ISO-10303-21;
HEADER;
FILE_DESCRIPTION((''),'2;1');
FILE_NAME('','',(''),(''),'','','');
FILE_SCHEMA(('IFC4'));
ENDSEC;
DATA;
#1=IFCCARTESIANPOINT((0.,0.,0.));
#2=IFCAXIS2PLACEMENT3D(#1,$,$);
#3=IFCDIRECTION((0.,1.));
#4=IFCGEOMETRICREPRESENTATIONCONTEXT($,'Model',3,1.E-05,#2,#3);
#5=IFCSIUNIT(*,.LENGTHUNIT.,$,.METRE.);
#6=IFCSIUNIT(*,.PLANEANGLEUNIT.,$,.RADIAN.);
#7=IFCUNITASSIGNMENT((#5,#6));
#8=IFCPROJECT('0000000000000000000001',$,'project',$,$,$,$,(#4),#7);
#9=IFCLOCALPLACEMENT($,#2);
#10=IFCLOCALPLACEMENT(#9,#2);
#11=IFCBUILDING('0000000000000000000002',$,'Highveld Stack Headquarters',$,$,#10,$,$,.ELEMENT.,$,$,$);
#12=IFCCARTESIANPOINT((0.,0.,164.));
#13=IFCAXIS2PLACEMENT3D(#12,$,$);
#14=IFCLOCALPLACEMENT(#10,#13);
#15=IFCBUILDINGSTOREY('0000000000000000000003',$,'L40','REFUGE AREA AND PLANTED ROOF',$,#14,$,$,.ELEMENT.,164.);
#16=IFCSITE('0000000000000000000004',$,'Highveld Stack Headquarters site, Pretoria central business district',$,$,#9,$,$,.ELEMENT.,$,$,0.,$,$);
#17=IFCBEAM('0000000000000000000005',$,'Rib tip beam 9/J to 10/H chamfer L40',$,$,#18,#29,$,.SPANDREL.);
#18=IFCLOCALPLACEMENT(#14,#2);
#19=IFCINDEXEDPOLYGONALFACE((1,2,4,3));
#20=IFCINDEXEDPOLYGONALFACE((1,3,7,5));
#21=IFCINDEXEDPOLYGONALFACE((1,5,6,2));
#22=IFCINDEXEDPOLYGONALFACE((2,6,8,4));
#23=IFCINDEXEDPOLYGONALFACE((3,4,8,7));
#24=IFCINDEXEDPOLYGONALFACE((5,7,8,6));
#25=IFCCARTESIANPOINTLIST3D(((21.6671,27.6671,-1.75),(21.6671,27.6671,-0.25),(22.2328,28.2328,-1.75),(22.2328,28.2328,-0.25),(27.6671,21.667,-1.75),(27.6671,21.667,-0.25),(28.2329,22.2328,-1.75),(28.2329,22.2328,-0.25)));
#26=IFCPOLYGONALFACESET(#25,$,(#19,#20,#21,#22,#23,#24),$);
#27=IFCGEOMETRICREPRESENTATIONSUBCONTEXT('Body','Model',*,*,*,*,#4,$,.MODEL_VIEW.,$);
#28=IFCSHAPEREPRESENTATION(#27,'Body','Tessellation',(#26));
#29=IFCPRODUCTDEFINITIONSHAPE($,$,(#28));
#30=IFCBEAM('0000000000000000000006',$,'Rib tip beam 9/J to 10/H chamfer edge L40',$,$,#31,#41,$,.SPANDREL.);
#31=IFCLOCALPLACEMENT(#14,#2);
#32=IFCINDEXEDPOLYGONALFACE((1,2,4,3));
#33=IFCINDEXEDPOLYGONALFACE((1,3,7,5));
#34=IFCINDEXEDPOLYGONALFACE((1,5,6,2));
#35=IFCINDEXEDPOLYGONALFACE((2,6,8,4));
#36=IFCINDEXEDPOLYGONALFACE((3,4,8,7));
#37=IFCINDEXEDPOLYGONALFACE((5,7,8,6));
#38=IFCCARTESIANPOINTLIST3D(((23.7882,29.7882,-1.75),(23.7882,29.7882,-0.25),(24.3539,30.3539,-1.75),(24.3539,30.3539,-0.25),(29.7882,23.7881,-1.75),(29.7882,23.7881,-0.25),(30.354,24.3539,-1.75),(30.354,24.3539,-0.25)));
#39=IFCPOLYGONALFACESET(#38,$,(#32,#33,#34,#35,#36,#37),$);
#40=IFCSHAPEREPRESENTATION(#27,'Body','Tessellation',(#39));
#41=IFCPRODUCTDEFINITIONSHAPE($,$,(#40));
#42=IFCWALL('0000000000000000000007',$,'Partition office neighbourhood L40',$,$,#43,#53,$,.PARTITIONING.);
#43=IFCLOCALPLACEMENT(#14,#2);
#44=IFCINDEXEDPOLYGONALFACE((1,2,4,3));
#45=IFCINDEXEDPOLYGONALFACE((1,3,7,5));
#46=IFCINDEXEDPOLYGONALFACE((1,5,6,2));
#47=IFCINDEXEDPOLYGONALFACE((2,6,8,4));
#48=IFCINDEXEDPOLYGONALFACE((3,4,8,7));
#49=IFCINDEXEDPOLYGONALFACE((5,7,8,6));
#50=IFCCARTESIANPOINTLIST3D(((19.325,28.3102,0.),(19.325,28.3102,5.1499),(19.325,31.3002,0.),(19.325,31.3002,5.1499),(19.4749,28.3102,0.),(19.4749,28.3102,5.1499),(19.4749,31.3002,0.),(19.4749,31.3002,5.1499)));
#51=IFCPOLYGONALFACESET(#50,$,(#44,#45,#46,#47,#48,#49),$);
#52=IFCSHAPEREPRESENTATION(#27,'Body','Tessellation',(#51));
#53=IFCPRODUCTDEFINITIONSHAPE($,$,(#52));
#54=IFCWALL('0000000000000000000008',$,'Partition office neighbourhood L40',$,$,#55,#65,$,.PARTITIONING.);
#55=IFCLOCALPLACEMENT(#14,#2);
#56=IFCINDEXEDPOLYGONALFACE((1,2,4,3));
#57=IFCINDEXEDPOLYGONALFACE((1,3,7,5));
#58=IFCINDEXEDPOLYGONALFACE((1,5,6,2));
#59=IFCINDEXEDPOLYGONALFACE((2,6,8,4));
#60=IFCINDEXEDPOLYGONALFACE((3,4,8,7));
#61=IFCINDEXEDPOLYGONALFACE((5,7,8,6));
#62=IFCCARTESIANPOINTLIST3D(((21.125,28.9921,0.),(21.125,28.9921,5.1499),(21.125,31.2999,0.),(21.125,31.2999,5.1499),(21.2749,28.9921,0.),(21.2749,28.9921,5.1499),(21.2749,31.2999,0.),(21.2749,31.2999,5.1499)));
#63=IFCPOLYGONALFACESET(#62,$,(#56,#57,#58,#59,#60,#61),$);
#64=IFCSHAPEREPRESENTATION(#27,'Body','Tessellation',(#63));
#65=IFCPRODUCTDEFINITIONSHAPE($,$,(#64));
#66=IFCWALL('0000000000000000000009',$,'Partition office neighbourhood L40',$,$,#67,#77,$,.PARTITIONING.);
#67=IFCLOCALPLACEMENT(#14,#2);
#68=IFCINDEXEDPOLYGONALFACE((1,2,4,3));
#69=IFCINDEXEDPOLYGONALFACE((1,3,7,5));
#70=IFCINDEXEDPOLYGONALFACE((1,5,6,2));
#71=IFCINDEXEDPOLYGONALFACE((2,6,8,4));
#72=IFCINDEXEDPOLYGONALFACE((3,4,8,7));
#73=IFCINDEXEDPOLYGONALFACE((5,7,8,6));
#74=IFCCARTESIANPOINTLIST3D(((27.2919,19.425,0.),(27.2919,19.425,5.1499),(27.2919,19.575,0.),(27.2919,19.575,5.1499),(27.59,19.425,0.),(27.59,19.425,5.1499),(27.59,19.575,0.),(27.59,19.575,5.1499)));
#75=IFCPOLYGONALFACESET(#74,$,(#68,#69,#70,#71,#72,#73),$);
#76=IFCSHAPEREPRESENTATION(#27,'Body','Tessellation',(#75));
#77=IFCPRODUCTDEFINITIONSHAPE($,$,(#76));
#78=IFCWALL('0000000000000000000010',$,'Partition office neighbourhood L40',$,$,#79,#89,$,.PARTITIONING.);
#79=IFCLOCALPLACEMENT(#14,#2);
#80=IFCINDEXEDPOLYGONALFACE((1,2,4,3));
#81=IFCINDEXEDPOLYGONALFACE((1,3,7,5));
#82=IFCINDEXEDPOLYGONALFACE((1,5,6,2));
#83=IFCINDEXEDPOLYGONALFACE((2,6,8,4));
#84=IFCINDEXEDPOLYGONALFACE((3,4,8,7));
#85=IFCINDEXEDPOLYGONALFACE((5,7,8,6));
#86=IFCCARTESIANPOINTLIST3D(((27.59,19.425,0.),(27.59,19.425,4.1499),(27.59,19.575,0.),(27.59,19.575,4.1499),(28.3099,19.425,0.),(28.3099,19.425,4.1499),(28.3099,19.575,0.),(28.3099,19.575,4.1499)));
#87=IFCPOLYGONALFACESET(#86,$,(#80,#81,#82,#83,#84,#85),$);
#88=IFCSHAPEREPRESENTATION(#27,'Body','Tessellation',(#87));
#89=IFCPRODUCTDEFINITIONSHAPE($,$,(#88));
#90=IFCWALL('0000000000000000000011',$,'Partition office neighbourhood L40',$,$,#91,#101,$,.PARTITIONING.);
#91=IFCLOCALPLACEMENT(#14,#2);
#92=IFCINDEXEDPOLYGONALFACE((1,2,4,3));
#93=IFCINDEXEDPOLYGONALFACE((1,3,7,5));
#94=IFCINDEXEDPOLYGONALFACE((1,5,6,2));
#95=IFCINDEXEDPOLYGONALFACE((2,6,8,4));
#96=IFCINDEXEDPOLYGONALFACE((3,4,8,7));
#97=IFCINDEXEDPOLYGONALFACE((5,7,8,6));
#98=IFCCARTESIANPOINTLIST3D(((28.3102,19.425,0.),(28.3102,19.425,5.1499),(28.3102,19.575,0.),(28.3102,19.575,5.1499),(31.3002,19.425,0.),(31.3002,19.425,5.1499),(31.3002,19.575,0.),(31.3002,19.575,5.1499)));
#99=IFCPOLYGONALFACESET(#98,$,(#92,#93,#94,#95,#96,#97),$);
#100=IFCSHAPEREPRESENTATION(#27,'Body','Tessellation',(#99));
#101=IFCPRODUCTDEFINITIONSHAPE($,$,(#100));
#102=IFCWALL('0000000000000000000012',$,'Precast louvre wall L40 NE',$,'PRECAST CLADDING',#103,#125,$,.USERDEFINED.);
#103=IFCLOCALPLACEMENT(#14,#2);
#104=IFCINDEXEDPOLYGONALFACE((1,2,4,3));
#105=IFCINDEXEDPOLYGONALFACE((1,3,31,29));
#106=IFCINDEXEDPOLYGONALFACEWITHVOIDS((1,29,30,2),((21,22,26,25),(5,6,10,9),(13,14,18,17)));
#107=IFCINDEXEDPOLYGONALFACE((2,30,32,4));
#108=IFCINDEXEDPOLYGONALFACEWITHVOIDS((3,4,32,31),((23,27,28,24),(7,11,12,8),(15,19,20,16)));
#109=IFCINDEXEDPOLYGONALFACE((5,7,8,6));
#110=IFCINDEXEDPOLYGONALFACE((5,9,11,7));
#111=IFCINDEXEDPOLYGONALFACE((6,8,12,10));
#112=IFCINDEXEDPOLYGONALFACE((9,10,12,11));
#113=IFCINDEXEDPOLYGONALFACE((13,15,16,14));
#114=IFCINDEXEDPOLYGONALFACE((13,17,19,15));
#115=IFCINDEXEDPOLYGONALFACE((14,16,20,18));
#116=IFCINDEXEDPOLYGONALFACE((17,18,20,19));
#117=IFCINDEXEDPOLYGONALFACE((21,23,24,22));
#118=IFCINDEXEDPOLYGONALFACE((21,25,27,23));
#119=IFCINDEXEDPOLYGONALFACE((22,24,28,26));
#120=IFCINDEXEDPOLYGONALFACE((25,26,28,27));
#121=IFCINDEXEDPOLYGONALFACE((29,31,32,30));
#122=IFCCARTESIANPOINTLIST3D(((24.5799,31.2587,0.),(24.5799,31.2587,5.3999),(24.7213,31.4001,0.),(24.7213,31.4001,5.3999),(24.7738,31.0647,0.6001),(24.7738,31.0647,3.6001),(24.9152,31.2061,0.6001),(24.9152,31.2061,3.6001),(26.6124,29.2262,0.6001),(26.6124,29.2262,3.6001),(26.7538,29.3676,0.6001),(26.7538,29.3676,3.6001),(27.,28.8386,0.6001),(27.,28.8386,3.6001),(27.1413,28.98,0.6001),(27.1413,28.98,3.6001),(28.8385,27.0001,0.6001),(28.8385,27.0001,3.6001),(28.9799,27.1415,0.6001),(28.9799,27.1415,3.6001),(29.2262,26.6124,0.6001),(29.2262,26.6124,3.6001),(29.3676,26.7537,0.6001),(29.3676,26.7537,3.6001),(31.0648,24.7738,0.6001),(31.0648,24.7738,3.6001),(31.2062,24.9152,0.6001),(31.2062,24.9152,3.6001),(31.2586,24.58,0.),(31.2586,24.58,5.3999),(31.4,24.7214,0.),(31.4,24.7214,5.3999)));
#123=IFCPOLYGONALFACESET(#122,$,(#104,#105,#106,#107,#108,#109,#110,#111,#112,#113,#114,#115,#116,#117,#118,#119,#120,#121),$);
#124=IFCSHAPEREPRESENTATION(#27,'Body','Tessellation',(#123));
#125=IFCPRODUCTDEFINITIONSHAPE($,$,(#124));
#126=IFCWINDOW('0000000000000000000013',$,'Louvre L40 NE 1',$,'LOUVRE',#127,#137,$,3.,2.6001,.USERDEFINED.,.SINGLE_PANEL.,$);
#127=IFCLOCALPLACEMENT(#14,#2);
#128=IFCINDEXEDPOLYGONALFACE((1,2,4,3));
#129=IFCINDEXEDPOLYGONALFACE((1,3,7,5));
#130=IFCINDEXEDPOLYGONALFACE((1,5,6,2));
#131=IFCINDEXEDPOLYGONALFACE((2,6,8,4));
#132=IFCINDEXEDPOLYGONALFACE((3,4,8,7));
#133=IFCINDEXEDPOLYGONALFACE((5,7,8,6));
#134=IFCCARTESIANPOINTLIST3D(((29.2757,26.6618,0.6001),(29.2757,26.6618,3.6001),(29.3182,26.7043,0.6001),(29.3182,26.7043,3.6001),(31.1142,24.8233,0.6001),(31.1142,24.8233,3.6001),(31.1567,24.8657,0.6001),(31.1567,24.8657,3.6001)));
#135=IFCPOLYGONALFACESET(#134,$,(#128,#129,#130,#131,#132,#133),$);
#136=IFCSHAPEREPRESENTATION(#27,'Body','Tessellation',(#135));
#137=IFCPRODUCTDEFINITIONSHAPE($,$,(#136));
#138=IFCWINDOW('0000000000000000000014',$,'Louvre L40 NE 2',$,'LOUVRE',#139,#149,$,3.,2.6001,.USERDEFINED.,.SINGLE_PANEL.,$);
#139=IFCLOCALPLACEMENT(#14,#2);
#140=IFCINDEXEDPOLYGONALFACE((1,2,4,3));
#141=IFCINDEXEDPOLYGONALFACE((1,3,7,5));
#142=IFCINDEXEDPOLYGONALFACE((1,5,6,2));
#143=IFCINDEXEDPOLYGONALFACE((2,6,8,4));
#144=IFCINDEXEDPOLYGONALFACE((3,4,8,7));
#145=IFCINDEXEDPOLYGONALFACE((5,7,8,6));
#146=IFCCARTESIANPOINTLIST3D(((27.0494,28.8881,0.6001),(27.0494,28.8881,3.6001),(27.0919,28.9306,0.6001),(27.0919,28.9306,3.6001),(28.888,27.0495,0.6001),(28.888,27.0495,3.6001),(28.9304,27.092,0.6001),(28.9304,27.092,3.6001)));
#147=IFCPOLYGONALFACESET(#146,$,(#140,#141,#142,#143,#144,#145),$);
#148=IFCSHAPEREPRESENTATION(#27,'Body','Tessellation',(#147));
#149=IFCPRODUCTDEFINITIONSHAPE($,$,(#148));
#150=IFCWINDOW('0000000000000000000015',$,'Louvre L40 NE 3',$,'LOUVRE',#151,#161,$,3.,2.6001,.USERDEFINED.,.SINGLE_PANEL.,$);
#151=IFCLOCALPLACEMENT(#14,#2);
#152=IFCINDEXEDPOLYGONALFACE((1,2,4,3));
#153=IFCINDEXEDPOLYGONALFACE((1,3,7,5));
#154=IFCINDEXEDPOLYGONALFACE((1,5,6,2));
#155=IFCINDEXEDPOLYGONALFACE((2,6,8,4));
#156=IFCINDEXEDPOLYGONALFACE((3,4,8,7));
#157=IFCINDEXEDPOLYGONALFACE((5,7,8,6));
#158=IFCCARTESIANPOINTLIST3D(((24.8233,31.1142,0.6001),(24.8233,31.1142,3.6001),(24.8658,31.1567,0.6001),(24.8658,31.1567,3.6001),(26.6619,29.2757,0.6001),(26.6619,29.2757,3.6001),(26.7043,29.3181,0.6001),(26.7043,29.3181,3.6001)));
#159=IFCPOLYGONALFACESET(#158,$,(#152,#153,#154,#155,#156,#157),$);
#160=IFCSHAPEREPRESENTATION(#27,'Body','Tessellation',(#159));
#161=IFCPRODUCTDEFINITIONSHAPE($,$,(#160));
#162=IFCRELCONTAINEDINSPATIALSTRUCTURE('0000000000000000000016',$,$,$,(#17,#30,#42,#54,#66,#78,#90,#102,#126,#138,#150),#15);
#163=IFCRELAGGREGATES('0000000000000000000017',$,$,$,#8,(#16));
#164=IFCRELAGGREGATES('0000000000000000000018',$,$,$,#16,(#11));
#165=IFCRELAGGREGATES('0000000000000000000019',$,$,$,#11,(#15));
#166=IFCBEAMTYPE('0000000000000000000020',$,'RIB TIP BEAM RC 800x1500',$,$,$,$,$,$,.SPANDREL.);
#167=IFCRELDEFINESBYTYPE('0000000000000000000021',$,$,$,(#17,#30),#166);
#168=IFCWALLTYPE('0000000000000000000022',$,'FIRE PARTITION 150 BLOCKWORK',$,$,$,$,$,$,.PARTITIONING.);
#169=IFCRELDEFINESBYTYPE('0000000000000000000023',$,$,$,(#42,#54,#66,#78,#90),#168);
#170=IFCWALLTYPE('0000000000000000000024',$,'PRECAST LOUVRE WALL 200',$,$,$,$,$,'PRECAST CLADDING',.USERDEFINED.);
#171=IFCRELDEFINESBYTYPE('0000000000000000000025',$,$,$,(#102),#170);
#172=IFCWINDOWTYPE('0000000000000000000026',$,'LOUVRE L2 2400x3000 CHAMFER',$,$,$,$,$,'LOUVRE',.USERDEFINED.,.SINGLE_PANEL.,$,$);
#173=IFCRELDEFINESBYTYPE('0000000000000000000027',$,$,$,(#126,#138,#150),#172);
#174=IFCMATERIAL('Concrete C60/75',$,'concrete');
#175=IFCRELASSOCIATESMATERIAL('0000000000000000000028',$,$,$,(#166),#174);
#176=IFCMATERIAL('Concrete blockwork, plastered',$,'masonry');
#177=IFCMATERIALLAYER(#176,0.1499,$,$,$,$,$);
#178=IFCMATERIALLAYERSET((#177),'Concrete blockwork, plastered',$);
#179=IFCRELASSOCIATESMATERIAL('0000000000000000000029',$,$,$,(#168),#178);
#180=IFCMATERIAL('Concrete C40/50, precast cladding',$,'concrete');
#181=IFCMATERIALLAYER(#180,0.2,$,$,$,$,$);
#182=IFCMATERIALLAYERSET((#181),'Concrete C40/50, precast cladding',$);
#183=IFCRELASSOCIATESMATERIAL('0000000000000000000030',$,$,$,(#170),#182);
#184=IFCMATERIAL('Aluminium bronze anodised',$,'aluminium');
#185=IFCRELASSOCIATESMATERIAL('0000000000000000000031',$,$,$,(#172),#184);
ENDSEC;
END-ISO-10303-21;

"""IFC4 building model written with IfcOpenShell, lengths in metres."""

from ifc_helpers import new_model, si_unit, direction, frame, frame_2d, origin, origin_2d, place, context, subcontext, project, spatial, rectangle, extrude, material, layer, layer_set, material_profile, profile_set, type_object, element, fill, save


model = new_model("IFC4")

# Units and contexts
model_context = context("Model", 3, precision=1e-05, world=origin(), true_north=direction((0.0, 1.0)))
body_context = subcontext(model_context, "Body", "Model", "MODEL_VIEW")
ifc_project = project(units=[si_unit("LENGTHUNIT", "METRE"), si_unit("PLANEANGLEUNIT", "RADIAN")], contexts=[model_context])

# Site, building, storey
site_placement = place(None, origin())
site = spatial("IfcSite", under=ifc_project, at=site_placement, Name="Highveld Stack Headquarters site, Pretoria central business district", CompositionType="ELEMENT", RefElevation=0.0)
building_placement = place(site_placement, origin())
building = spatial("IfcBuilding", under=site, at=building_placement, Name="Highveld Stack Headquarters", CompositionType="ELEMENT")
storey_placement = place(building_placement, frame((0.0, 0.0, 164.0)))
storey = spatial("IfcBuildingStorey", under=building, at=storey_placement, Name="L40", Description="REFUGE AREA AND PLANTED ROOF", CompositionType="ELEMENT", Elevation=164.0)

# Beams
ifc_material_1 = material(Name="Concrete C60/75", Category="concrete")
ifc_material_profile = material_profile(ifc_material_1, rectangle(XDim=0.8, YDim=1.5, at=origin_2d()), Name="RC 800x1500")
ifc_profile_set = profile_set([ifc_material_profile], Name="Concrete C60/75")
beam_type = type_object("IfcBeamType", Name="RIB TIP BEAM RC 800x1500", PredefinedType="SPANDREL", material=ifc_profile_set)
for number, where, z_axis, x_axis, name in (
    (1, (21.95, 27.95, -1.0), (0.707107, -0.707107, 0.0), (0.707107, 0.707107, 0.0), "Rib tip beam 9/J to 10/H chamfer L40"),
    (2, (24.071, 30.071, -1.0), (0.707107, -0.707107, 0.0), (0.707107, 0.707107, 0.0), "Rib tip beam 9/J to 10/H chamfer edge L40"),
):
    element("IfcBeam", number, at=place(storey_placement, frame(where, z_axis=z_axis, x_axis=x_axis)), inside=storey, type_object=beam_type, Name=name, PredefinedType="SPANDREL", context=body_context, shape_type="SweptSolid", body=[
        extrude(rectangle(XDim=0.8, YDim=1.5, at=origin_2d()), origin(), (0.0, 0.0, 1.0), 8.4854),
    ])

# Wall
ifc_material_2 = material(Name="Concrete blockwork, plastered", Category="masonry")
ifc_layer_1 = layer(ifc_material_2, 0.1499)
ifc_layer_set_1 = layer_set([ifc_layer_1], Name="Concrete blockwork, plastered")
wall_type_1 = type_object("IfcWallType", Name="FIRE PARTITION 150 BLOCKWORK", PredefinedType="PARTITIONING", material=ifc_layer_set_1)
wall_1_placement = place(storey_placement, frame((19.3999, 28.3101, 0.0), z_axis=(0.0, 0.0, 1.0), x_axis=(0.0, 1.0, 0.0)))
element("IfcWall", 3, at=wall_1_placement, inside=storey, type_object=wall_type_1, Name="Partition office neighbourhood L40", PredefinedType="PARTITIONING", context=body_context, shape_type="SweptSolid", body=[
    extrude(rectangle(XDim=2.99, YDim=0.1499, at=frame_2d((1.4951, 0.0))), origin(), (0.0, 0.0, 1.0), 5.1499),
])

# Walls
wall_2_placement = place(storey_placement, frame((21.2, 28.9922, 0.0), z_axis=(0.0, 0.0, 1.0), x_axis=(0.0, 1.0, 0.0)))
element("IfcWall", 4, at=wall_2_placement, inside=storey, type_object=wall_type_1, Name="Partition office neighbourhood L40", PredefinedType="PARTITIONING", context=body_context, shape_type="SweptSolid", body=[
    extrude(rectangle(XDim=2.3079, YDim=0.1499, at=frame_2d((1.1538, 0.0))), origin(), (0.0, 0.0, 1.0), 5.1499),
])
wall_3_placement = place(storey_placement, frame((27.292, 19.5, 0.0), z_axis=(0.0, 0.0, 1.0), x_axis=(1.0, 0.0, 0.0)))
element("IfcWall", 5, at=wall_3_placement, inside=storey, type_object=wall_type_1, Name="Partition office neighbourhood L40", PredefinedType="PARTITIONING", context=body_context, shape_type="SweptSolid", body=[
    extrude(rectangle(XDim=0.2981, YDim=0.1499, at=frame_2d((0.1489, 0.0))), origin(), (0.0, 0.0, 1.0), 5.1499),
])
wall_4_placement = place(storey_placement, frame((27.5901, 19.5, 0.0), z_axis=(0.0, 0.0, 1.0), x_axis=(1.0, 0.0, 0.0)))
element("IfcWall", 6, at=wall_4_placement, inside=storey, type_object=wall_type_1, Name="Partition office neighbourhood L40", PredefinedType="PARTITIONING", context=body_context, shape_type="SweptSolid", body=[
    extrude(rectangle(XDim=0.72, YDim=0.1499, at=frame_2d((0.3599, 0.0))), origin(), (0.0, 0.0, 1.0), 4.1499),
])
wall_5_placement = place(storey_placement, frame((28.3101, 19.5, 0.0), z_axis=(0.0, 0.0, 1.0), x_axis=(1.0, 0.0, 0.0)))
element("IfcWall", 7, at=wall_5_placement, inside=storey, type_object=wall_type_1, Name="Partition office neighbourhood L40", PredefinedType="PARTITIONING", context=body_context, shape_type="SweptSolid", body=[
    extrude(rectangle(XDim=2.99, YDim=0.1499, at=frame_2d((1.4951, 0.0))), origin(), (0.0, 0.0, 1.0), 5.1499),
])

# Wall, openings, windows
ifc_material_3 = material(Name="Concrete C40/50, precast cladding", Category="concrete")
ifc_layer_2 = layer(ifc_material_3, 0.2)
ifc_layer_set_2 = layer_set([ifc_layer_2], Name="Concrete C40/50, precast cladding")
wall_type_2 = type_object("IfcWallType", Name="PRECAST LOUVRE WALL 200", ElementType="PRECAST CLADDING", PredefinedType="USERDEFINED", material=ifc_layer_set_2)
wall_6_placement = place(storey_placement, frame((31.3293, 24.6506, 0.0), z_axis=(0.0, 0.0, 1.0), x_axis=(-0.707107, 0.707107, 0.0)))
wall_6 = element("IfcWall", 8, at=wall_6_placement, inside=storey, type_object=wall_type_2, Name="Precast louvre wall L40 NE", ObjectType="PRECAST CLADDING", PredefinedType="USERDEFINED", context=body_context, shape_type="SweptSolid", body=[
    extrude(rectangle(XDim=9.4451, YDim=0.2, at=frame_2d((4.7227, 0.0))), origin(), (0.0, 0.0, 1.0), 5.3999),
])
opening_1_placement = place(wall_6_placement, frame((0.2742, 0.0, 0.6001)))
opening_1 = element("IfcOpeningElement", 9, at=opening_1_placement, cuts=wall_6, PredefinedType="OPENING", context=body_context, shape_type="SweptSolid", body=[
    extrude(rectangle(XDim=2.6001, YDim=3.0, at=frame_2d((1.3, 1.5))), frame((0.0, 0.1099, 0.0), z_axis=(0.0, -1.0, 0.0), x_axis=(1.0, 0.0, 0.0)), (0.0, 0.0, 1.0), 0.22),
])
opening_2_placement = place(wall_6_placement, frame((3.4226, 0.0, 0.6001)))
opening_2 = element("IfcOpeningElement", 10, at=opening_2_placement, cuts=wall_6, PredefinedType="OPENING", context=body_context, shape_type="SweptSolid", body=[
    extrude(rectangle(XDim=2.6001, YDim=3.0, at=frame_2d((1.3, 1.5))), frame((0.0, 0.1099, 0.0), z_axis=(0.0, -1.0, 0.0), x_axis=(1.0, 0.0, 0.0)), (0.0, 0.0, 1.0), 0.22),
])
opening_3_placement = place(wall_6_placement, frame((6.5708, 0.0, 0.6001)))
opening_3 = element("IfcOpeningElement", 11, at=opening_3_placement, cuts=wall_6, PredefinedType="OPENING", context=body_context, shape_type="SweptSolid", body=[
    extrude(rectangle(XDim=2.6001, YDim=3.0, at=frame_2d((1.3, 1.5))), frame((0.0, 0.1099, 0.0), z_axis=(0.0, -1.0, 0.0), x_axis=(1.0, 0.0, 0.0)), (0.0, 0.0, 1.0), 0.22),
])
ifc_material_4 = material(Name="Aluminium bronze anodised", Category="aluminium")
window_type_1 = type_object("IfcWindowType", Name="LOUVRE L2 2400x3000 CHAMFER", ElementType="LOUVRE", PartitioningType="SINGLE_PANEL", PredefinedType="USERDEFINED", material=ifc_material_4)
window_1_placement = place(opening_1_placement, origin())
window_1 = element("IfcWindow", 12, at=window_1_placement, inside=storey, type_object=window_type_1, Name="Louvre L40 NE 1", ObjectType="LOUVRE", OverallHeight=3.0, OverallWidth=2.6001, PartitioningType="SINGLE_PANEL", PredefinedType="USERDEFINED", context=body_context, shape_type="SweptSolid", body=[
    extrude(rectangle(XDim=2.6001, YDim=3.0, at=frame_2d((1.3, 1.5))), frame((0.0, 0.03, 0.0), z_axis=(0.0, -1.0, 0.0), x_axis=(1.0, 0.0, 0.0)), (0.0, 0.0, 1.0), 0.0601),
])
fill(opening_1, window_1)
window_2_placement = place(opening_2_placement, origin())
window_2 = element("IfcWindow", 13, at=window_2_placement, inside=storey, type_object=window_type_1, Name="Louvre L40 NE 2", ObjectType="LOUVRE", OverallHeight=3.0, OverallWidth=2.6001, PartitioningType="SINGLE_PANEL", PredefinedType="USERDEFINED", context=body_context, shape_type="SweptSolid", body=[
    extrude(rectangle(XDim=2.6001, YDim=3.0, at=frame_2d((1.3, 1.5))), frame((0.0, 0.03, 0.0), z_axis=(0.0, -1.0, 0.0), x_axis=(1.0, 0.0, 0.0)), (0.0, 0.0, 1.0), 0.0601),
])
fill(opening_2, window_2)
window_3_placement = place(opening_3_placement, origin())
window_3 = element("IfcWindow", 14, at=window_3_placement, inside=storey, type_object=window_type_1, Name="Louvre L40 NE 3", ObjectType="LOUVRE", OverallHeight=3.0, OverallWidth=2.6001, PartitioningType="SINGLE_PANEL", PredefinedType="USERDEFINED", context=body_context, shape_type="SweptSolid", body=[
    extrude(rectangle(XDim=2.6001, YDim=3.0, at=frame_2d((1.3, 1.5))), frame((0.0, 0.03, 0.0), z_axis=(0.0, -1.0, 0.0), x_axis=(1.0, 0.0, 0.0)), (0.0, 0.0, 1.0), 0.0601),
])
fill(opening_3, window_3)

save(model, "model.ifc")
